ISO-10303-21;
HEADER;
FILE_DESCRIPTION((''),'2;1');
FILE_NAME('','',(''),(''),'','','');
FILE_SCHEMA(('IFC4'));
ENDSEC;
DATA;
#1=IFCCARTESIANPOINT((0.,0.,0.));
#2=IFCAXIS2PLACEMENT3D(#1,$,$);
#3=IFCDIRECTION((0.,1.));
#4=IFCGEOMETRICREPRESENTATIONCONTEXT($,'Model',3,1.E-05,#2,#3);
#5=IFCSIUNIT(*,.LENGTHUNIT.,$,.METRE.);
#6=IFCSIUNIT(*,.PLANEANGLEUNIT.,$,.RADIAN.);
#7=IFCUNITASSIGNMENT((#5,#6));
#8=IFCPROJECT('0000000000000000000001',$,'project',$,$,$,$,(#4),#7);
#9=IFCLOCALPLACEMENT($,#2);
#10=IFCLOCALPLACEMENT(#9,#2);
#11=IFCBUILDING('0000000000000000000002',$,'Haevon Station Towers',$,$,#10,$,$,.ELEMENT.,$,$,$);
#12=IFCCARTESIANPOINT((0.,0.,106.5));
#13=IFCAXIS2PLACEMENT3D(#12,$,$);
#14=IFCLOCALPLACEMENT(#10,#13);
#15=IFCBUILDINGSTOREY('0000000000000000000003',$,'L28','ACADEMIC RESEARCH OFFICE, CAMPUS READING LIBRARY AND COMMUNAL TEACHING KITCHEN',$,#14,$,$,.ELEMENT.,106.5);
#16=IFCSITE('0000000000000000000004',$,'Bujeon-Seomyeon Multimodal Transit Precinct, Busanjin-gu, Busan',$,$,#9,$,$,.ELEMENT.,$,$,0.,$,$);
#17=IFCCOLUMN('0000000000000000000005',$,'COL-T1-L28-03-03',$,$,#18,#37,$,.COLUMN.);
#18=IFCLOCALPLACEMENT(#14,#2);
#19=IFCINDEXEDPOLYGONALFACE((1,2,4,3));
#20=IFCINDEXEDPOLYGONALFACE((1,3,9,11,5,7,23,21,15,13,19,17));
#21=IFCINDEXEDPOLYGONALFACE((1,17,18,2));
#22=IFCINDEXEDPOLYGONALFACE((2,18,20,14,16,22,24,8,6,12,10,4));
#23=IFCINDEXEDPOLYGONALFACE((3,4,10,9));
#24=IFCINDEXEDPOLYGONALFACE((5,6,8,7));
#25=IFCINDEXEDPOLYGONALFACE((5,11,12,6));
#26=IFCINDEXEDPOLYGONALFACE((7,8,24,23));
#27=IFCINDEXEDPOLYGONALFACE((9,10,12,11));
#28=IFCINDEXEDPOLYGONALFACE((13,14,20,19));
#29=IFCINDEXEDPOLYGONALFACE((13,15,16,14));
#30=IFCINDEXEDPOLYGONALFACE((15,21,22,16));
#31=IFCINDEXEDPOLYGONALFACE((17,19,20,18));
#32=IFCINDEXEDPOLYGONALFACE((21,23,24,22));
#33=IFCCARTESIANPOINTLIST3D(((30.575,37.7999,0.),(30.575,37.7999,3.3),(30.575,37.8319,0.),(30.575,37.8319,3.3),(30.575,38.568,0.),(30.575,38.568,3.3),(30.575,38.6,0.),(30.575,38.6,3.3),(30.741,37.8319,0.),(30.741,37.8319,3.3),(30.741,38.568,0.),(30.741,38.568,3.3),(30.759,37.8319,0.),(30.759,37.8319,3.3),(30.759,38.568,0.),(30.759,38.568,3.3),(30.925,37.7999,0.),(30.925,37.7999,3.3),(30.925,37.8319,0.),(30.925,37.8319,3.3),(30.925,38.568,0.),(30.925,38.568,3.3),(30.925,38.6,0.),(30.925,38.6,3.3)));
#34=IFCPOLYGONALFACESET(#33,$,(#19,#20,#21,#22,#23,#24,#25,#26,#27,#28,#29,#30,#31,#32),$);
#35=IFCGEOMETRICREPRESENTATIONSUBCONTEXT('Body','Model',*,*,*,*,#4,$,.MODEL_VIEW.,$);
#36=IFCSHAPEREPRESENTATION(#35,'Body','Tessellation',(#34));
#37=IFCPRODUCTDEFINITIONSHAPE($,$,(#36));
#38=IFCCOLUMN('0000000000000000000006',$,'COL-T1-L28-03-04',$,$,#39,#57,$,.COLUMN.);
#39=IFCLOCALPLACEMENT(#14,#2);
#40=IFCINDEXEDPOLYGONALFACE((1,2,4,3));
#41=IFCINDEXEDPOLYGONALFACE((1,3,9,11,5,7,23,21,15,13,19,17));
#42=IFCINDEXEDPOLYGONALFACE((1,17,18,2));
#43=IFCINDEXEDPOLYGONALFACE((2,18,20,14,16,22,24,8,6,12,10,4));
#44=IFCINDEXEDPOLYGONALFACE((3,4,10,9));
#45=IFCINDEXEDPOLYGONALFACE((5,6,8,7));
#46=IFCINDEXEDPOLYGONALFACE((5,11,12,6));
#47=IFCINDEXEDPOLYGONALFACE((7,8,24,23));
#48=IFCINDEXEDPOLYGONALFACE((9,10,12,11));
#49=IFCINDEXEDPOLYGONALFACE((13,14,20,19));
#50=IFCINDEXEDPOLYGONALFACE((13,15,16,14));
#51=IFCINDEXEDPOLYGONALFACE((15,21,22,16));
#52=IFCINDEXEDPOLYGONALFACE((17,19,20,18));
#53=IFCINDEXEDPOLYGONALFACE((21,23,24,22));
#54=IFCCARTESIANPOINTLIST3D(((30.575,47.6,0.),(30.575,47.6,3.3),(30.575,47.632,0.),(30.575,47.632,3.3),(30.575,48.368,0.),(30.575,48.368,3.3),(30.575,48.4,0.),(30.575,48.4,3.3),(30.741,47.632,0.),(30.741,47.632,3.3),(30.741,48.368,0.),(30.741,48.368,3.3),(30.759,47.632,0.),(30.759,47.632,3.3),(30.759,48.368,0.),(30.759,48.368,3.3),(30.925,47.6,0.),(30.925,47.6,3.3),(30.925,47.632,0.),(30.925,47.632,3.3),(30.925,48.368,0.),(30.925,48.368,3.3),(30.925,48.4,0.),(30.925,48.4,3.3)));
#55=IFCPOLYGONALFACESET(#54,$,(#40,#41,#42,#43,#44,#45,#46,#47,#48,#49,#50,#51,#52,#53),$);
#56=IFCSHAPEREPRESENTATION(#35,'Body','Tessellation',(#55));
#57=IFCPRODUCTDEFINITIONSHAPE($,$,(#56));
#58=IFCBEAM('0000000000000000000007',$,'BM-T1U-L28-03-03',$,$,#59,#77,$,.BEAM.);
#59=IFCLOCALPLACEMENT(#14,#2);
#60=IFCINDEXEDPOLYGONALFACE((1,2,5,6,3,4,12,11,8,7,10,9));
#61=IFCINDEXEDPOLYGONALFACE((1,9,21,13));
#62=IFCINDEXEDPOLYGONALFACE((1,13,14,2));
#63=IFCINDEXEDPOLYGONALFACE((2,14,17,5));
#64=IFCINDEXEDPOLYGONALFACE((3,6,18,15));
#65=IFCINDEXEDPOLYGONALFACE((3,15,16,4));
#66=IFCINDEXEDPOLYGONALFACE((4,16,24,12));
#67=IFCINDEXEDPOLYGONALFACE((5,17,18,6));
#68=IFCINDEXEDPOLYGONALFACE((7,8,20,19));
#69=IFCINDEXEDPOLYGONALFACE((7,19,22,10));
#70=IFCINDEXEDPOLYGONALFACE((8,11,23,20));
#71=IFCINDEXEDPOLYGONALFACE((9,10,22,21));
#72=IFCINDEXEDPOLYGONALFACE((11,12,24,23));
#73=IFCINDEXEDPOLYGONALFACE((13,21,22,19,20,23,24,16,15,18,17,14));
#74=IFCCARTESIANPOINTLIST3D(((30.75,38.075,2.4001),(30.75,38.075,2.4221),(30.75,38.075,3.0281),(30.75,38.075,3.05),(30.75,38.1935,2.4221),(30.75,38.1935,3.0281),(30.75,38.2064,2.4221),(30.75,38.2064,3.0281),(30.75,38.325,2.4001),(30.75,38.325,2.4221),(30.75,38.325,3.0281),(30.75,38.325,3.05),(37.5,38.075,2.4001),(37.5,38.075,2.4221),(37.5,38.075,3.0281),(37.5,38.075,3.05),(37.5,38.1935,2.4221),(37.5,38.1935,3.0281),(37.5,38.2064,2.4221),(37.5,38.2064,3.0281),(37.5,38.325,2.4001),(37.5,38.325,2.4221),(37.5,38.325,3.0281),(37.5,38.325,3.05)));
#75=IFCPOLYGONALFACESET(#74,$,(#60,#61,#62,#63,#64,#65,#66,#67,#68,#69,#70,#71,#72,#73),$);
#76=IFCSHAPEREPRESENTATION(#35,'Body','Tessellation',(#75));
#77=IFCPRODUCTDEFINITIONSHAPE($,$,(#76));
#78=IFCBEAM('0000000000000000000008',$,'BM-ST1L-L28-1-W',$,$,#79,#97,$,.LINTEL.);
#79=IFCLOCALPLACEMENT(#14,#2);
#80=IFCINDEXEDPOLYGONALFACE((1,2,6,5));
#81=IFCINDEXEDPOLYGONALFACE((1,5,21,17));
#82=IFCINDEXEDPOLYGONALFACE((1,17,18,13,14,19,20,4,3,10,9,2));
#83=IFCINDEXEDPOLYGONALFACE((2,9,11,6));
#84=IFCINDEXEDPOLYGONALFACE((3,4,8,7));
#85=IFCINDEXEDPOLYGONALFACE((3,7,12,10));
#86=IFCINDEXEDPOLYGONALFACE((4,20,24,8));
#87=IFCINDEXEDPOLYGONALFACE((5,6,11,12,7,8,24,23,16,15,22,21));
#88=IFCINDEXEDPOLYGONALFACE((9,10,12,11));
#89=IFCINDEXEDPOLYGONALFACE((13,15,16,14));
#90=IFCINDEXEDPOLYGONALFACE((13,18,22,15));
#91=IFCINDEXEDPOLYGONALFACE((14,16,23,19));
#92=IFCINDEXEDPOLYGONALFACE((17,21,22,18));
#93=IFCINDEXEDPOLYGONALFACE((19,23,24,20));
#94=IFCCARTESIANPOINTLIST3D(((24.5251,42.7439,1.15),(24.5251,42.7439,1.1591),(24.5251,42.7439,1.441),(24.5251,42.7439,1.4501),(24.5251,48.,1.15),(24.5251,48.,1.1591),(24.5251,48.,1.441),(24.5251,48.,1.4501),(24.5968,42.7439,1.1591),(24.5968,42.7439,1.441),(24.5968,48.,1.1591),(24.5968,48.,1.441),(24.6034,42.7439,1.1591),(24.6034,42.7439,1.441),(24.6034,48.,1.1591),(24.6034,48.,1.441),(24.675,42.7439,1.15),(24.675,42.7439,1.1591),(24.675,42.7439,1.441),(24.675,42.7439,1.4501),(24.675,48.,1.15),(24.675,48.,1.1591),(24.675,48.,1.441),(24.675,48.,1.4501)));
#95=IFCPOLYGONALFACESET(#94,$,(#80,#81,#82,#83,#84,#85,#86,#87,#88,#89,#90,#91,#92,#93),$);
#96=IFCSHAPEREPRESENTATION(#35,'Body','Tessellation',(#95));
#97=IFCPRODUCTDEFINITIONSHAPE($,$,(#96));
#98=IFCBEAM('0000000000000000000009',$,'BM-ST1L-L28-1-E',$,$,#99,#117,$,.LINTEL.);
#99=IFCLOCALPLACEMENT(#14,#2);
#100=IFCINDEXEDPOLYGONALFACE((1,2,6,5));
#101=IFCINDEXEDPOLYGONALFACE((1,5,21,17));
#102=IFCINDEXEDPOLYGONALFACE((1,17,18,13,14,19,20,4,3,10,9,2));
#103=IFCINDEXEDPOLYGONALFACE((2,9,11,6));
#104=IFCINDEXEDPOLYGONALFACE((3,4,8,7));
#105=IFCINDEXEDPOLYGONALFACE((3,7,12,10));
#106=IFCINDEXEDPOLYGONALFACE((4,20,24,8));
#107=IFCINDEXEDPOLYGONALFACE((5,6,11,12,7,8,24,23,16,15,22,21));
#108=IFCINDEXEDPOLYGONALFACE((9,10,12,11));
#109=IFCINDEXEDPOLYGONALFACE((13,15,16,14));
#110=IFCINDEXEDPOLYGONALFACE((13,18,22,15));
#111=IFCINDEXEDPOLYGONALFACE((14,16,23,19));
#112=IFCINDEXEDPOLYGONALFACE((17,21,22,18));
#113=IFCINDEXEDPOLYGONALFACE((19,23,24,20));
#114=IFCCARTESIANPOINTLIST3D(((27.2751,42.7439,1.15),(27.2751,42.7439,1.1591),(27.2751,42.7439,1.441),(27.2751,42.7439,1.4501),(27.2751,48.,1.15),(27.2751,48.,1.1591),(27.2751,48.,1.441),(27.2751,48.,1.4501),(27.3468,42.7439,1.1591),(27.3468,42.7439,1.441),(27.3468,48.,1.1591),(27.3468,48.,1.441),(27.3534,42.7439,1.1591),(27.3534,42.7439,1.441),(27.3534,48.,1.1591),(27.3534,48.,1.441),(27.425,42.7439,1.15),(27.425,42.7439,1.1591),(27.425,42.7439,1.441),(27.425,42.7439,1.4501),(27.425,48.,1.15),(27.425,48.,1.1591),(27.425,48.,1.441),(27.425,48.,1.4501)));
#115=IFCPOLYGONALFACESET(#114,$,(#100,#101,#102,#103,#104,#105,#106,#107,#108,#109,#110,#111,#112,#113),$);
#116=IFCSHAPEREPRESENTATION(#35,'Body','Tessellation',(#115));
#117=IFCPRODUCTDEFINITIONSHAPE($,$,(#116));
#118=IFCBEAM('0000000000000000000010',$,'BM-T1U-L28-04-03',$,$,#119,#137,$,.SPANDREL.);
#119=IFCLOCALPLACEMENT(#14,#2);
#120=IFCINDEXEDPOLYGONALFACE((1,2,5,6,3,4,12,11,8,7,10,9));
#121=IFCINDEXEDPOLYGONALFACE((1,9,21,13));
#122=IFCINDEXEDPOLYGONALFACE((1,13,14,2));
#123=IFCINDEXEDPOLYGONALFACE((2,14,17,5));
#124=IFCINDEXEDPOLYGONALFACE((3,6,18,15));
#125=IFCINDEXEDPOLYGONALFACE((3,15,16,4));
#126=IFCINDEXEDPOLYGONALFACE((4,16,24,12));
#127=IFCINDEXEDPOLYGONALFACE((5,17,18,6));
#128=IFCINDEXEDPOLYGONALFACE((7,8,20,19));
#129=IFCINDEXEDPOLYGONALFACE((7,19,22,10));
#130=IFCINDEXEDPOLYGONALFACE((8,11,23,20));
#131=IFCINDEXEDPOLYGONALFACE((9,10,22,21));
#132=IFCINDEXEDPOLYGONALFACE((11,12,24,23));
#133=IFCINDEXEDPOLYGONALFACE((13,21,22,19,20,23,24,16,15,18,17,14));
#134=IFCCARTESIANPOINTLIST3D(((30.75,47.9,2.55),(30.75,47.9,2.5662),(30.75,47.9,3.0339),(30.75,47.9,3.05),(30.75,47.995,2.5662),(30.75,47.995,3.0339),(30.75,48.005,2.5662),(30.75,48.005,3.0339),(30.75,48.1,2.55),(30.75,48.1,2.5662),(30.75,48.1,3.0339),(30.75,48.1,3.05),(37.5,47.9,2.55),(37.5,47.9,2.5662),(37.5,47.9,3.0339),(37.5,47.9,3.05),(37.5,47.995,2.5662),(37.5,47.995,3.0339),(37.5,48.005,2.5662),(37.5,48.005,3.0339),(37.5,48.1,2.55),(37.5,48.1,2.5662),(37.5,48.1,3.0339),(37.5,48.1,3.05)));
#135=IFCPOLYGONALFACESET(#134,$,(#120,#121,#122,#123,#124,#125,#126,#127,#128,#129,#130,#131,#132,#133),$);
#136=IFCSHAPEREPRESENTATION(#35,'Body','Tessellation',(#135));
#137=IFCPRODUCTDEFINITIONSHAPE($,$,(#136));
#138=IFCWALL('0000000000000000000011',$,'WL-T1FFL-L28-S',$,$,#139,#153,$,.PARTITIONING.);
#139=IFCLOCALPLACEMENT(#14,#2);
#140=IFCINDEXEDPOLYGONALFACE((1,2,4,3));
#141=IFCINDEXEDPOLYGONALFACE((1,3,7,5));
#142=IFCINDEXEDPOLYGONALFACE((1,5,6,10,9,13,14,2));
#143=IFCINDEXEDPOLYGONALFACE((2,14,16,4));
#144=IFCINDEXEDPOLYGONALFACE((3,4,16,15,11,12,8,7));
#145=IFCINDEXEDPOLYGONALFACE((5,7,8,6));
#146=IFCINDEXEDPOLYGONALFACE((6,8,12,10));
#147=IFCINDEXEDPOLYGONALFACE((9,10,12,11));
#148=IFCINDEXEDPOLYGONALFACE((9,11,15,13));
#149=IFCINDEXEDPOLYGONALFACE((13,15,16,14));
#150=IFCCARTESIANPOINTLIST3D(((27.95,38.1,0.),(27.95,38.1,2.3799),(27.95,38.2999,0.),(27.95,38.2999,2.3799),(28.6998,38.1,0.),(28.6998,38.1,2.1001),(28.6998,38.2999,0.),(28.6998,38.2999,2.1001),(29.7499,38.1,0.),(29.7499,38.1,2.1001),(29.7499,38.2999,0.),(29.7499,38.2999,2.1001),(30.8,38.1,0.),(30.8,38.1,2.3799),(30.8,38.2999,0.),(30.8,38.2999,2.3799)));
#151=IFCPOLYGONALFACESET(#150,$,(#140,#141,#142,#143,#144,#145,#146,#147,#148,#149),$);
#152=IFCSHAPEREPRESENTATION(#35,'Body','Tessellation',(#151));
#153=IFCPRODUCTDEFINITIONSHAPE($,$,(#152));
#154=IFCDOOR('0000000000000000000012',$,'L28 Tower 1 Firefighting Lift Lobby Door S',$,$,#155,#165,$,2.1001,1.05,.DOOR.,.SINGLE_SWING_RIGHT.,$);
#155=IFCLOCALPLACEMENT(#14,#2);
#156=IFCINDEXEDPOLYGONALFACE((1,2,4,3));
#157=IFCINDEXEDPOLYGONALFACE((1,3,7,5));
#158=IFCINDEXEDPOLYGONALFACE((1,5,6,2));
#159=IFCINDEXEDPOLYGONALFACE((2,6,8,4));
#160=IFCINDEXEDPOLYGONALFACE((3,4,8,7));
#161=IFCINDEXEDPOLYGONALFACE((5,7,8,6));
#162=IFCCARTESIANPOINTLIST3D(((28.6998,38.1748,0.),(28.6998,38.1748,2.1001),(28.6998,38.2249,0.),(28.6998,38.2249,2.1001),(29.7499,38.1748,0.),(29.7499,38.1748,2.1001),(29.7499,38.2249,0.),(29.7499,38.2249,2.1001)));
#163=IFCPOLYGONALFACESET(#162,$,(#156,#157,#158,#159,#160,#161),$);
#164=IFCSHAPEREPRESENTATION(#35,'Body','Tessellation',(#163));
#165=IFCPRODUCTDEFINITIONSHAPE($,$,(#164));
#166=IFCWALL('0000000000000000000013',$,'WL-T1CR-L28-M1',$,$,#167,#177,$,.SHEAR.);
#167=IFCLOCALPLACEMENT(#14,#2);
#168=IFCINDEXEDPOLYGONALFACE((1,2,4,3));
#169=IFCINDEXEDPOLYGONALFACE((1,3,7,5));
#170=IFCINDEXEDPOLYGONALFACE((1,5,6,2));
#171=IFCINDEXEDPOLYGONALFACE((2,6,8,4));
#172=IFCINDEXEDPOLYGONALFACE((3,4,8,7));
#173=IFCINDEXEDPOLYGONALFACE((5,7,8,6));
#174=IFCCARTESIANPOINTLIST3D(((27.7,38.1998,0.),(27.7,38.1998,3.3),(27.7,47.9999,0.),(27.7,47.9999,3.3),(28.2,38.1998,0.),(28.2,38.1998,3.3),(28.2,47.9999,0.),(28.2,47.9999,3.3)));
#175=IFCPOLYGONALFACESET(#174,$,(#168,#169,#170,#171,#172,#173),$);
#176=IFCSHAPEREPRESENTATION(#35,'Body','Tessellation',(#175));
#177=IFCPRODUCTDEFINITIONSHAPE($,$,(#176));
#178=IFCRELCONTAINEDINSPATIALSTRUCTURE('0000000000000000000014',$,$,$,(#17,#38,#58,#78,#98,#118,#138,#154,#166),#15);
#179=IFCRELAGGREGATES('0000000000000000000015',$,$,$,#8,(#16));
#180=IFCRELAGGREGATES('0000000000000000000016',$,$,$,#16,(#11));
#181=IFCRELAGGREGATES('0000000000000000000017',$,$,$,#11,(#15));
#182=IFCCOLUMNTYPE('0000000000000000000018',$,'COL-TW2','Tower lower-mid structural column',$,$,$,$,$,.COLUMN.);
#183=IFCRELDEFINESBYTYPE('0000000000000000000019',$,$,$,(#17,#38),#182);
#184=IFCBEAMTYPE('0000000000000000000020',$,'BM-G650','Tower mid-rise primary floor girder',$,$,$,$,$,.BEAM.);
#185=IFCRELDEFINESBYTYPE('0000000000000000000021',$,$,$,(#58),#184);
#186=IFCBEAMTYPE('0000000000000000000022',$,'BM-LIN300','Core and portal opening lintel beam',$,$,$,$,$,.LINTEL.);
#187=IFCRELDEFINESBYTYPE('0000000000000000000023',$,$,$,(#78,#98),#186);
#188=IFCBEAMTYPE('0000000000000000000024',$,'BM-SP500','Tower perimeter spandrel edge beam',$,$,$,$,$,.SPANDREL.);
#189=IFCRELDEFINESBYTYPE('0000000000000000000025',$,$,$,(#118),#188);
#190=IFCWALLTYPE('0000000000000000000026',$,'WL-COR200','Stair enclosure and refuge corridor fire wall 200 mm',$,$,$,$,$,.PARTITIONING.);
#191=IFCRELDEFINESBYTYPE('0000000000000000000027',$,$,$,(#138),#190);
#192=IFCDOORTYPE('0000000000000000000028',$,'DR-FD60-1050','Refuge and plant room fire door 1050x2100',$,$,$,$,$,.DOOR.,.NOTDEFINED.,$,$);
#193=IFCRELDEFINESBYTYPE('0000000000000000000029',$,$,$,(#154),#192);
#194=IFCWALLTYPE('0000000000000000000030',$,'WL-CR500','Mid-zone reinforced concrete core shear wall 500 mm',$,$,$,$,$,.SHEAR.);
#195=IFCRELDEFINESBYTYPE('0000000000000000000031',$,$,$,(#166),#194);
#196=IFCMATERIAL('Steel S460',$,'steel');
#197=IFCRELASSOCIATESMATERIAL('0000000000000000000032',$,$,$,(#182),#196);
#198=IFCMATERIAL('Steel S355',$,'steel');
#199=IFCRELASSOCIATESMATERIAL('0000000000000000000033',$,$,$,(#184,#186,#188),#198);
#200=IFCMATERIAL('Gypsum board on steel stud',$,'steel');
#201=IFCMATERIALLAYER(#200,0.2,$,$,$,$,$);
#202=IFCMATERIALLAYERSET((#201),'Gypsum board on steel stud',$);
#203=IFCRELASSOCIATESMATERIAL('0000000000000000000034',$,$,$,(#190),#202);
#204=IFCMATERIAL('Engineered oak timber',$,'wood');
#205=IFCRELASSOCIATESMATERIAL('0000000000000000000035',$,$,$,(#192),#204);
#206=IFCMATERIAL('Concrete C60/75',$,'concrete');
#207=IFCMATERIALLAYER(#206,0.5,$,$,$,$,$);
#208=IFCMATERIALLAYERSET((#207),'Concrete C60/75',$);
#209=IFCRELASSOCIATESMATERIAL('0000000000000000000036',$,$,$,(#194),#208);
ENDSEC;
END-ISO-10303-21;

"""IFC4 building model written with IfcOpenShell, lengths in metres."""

from ifc_helpers import new_model, si_unit, direction, frame, frame_2d, origin, origin_2d, place, context, subcontext, project, spatial, rectangle, i_section, extrude, material, layer, layer_set, material_profile, profile_set, type_object, element, fill, save


model = new_model("IFC4")

# Units and contexts
model_context = context("Model", 3, precision=1e-05, world=origin(), true_north=direction((0.0, 1.0)))
body_context = subcontext(model_context, "Body", "Model", "MODEL_VIEW")
ifc_project = project(units=[si_unit("LENGTHUNIT", "METRE"), si_unit("PLANEANGLEUNIT", "RADIAN")], contexts=[model_context])

# Site, building, storey
site_placement = place(None, origin())
site = spatial("IfcSite", under=ifc_project, at=site_placement, Name="Bujeon-Seomyeon Multimodal Transit Precinct, Busanjin-gu, Busan", CompositionType="ELEMENT", RefElevation=0.0)
building_placement = place(site_placement, origin())
building = spatial("IfcBuilding", under=site, at=building_placement, Name="Haevon Station Towers", CompositionType="ELEMENT")
storey_placement = place(building_placement, frame((0.0, 0.0, 106.5)))
storey = spatial("IfcBuildingStorey", under=building, at=storey_placement, Name="L28", Description="ACADEMIC RESEARCH OFFICE, CAMPUS READING LIBRARY AND COMMUNAL TEACHING KITCHEN", CompositionType="ELEMENT", Elevation=106.5)

# Columns
ifc_material_1 = material(Name="Steel S460", Category="steel")
ifc_material_profile_1 = material_profile(ifc_material_1, i_section(OverallWidth=0.3501, OverallDepth=0.8, WebThickness=0.0181, FlangeThickness=0.032, at=origin_2d()), Name="H-800x350x18x32")
ifc_profile_set_1 = profile_set([ifc_material_profile_1], Name="Steel S460")
column_type = type_object("IfcColumnType", Name="COL-TW2", Description="Tower lower-mid structural column", PredefinedType="COLUMN", material=ifc_profile_set_1)
for number, where, z_axis, x_axis, name in (
    (1, (30.75, 38.2, 0.0), (0.0, 0.0, 1.0), (1.0, 0.0, 0.0), "COL-T1-L28-03-03"),
    (2, (30.75, 48.0, 0.0), (0.0, 0.0, 1.0), (1.0, 0.0, 0.0), "COL-T1-L28-03-04"),
):
    element("IfcColumn", number, at=place(storey_placement, frame(where, z_axis=z_axis, x_axis=x_axis)), inside=storey, type_object=column_type, Name=name, PredefinedType="COLUMN", context=body_context, shape_type="SweptSolid", body=[
        extrude(i_section(OverallWidth=0.3501, OverallDepth=0.8, WebThickness=0.0181, FlangeThickness=0.032, at=origin_2d()), origin(), (0.0, 0.0, 1.0), 3.3),
    ])

# Beams
ifc_material_2 = material(Name="Steel S355", Category="steel")
ifc_material_profile_2 = material_profile(ifc_material_2, i_section(OverallWidth=0.25, OverallDepth=0.6499, WebThickness=0.0129, FlangeThickness=0.022, at=origin_2d()), Name="H-650x250x13x22")
ifc_profile_set_2 = profile_set([ifc_material_profile_2], Name="Steel S355")
beam_type_1 = type_object("IfcBeamType", Name="BM-G650", Description="Tower mid-rise primary floor girder", PredefinedType="BEAM", material=ifc_profile_set_2)
beam_1_placement = place(storey_placement, frame((30.75, 38.2, 2.7251), z_axis=(1.0, 0.0, 0.0), x_axis=(0.0, 1.0, 0.0)))
element("IfcBeam", 3, at=beam_1_placement, inside=storey, type_object=beam_type_1, Name="BM-T1U-L28-03-03", PredefinedType="BEAM", context=body_context, shape_type="SweptSolid", body=[
    extrude(i_section(OverallWidth=0.25, OverallDepth=0.6499, WebThickness=0.0129, FlangeThickness=0.022, at=origin_2d()), origin(), (0.0, 0.0, 1.0), 6.75),
])
ifc_material_profile_3 = material_profile(ifc_material_2, i_section(OverallWidth=0.1499, OverallDepth=0.3, WebThickness=0.0066, FlangeThickness=0.009, at=origin_2d()), Name="H-300x150x6.5x9")
ifc_profile_set_3 = profile_set([ifc_material_profile_3], Name="Steel S355")
beam_type_2 = type_object("IfcBeamType", Name="BM-LIN300", Description="Core and portal opening lintel beam", PredefinedType="LINTEL", material=ifc_profile_set_3)
for number, where, z_axis, x_axis, name in (
    (4, (24.6001, 42.7439, 1.3), (0.0, 1.0, 0.0), (-1.0, 0.0, 0.0), "BM-ST1L-L28-1-W"),
    (5, (27.3501, 42.7439, 1.3), (0.0, 1.0, 0.0), (-1.0, 0.0, 0.0), "BM-ST1L-L28-1-E"),
):
    element("IfcBeam", number, at=place(storey_placement, frame(where, z_axis=z_axis, x_axis=x_axis)), inside=storey, type_object=beam_type_2, Name=name, PredefinedType="LINTEL", context=body_context, shape_type="SweptSolid", body=[
        extrude(i_section(OverallWidth=0.1499, OverallDepth=0.3, WebThickness=0.0066, FlangeThickness=0.009, at=origin_2d()), origin(), (0.0, 0.0, 1.0), 5.2561),
    ])
ifc_material_profile_4 = material_profile(ifc_material_2, i_section(OverallWidth=0.2, OverallDepth=0.5, WebThickness=0.01, FlangeThickness=0.0161, at=origin_2d()), Name="H-500x200x10x16")
ifc_profile_set_4 = profile_set([ifc_material_profile_4], Name="Steel S355")
beam_type_3 = type_object("IfcBeamType", Name="BM-SP500", Description="Tower perimeter spandrel edge beam", PredefinedType="SPANDREL", material=ifc_profile_set_4)
beam_2_placement = place(storey_placement, frame((30.75, 48.0, 2.8), z_axis=(1.0, 0.0, 0.0), x_axis=(0.0, 1.0, 0.0)))
element("IfcBeam", 6, at=beam_2_placement, inside=storey, type_object=beam_type_3, Name="BM-T1U-L28-04-03", PredefinedType="SPANDREL", context=body_context, shape_type="SweptSolid", body=[
    extrude(i_section(OverallWidth=0.2, OverallDepth=0.5, WebThickness=0.01, FlangeThickness=0.0161, at=origin_2d()), origin(), (0.0, 0.0, 1.0), 6.75),
])

# Wall, opening, door
ifc_material_3 = material(Name="Gypsum board on steel stud", Category="steel")
ifc_layer_1 = layer(ifc_material_3, 0.2)
ifc_layer_set_1 = layer_set([ifc_layer_1], Name="Gypsum board on steel stud")
wall_type_1 = type_object("IfcWallType", Name="WL-COR200", Description="Stair enclosure and refuge corridor fire wall 200 mm", PredefinedType="PARTITIONING", material=ifc_layer_set_1)
wall_1_placement = place(storey_placement, frame((27.95, 38.2, 0.0), z_axis=(0.0, 0.0, 1.0), x_axis=(1.0, 0.0, 0.0)))
wall_1 = element("IfcWall", 7, at=wall_1_placement, inside=storey, type_object=wall_type_1, Name="WL-T1FFL-L28-S", PredefinedType="PARTITIONING", context=body_context, shape_type="SweptSolid", body=[
    extrude(rectangle(XDim=2.8501, YDim=0.2, at=frame_2d((1.425, 0.0))), origin(), (0.0, 0.0, 1.0), 2.3799),
])
opening_1_placement = place(wall_1_placement, frame((0.75, 0.0, 0.0)))
opening_1 = element("IfcOpeningElement", 8, at=opening_1_placement, cuts=wall_1, PredefinedType="OPENING", context=body_context, shape_type="SweptSolid", body=[
    extrude(rectangle(XDim=1.05, YDim=2.1001, at=frame_2d((0.5249, 1.05))), frame((0.0, 0.1099, 0.0), z_axis=(0.0, -1.0, 0.0), x_axis=(1.0, 0.0, 0.0)), (0.0, 0.0, 1.0), 0.22),
])
ifc_material_4 = material(Name="Engineered oak timber", Category="wood")
door_type_1 = type_object("IfcDoorType", Name="DR-FD60-1050", Description="Refuge and plant room fire door 1050x2100", OperationType="NOTDEFINED", PredefinedType="DOOR", material=ifc_material_4)
door_1_placement = place(opening_1_placement, origin())
door_1 = element("IfcDoor", 9, at=door_1_placement, inside=storey, type_object=door_type_1, Name="L28 Tower 1 Firefighting Lift Lobby Door S", OperationType="SINGLE_SWING_RIGHT", OverallHeight=2.1001, OverallWidth=1.05, PredefinedType="DOOR", context=body_context, shape_type="SweptSolid", body=[
    extrude(rectangle(XDim=1.05, YDim=2.1001, at=frame_2d((0.5249, 1.05))), frame((0.0, 0.0249, 0.0), z_axis=(0.0, -1.0, 0.0), x_axis=(1.0, 0.0, 0.0)), (0.0, 0.0, 1.0), 0.05),
])
fill(opening_1, door_1)

# Wall
ifc_material_5 = material(Name="Concrete C60/75", Category="concrete")
ifc_layer_2 = layer(ifc_material_5, 0.5)
ifc_layer_set_2 = layer_set([ifc_layer_2], Name="Concrete C60/75")
wall_type_2 = type_object("IfcWallType", Name="WL-CR500", Description="Mid-zone reinforced concrete core shear wall 500 mm", PredefinedType="SHEAR", material=ifc_layer_set_2)
wall_2_placement = place(storey_placement, frame((27.95, 38.2, 0.0), z_axis=(0.0, 0.0, 1.0), x_axis=(0.0, 1.0, 0.0)))
element("IfcWall", 10, at=wall_2_placement, inside=storey, type_object=wall_type_2, Name="WL-T1CR-L28-M1", PredefinedType="SHEAR", context=body_context, shape_type="SweptSolid", body=[
    extrude(rectangle(XDim=9.8, YDim=0.5, at=frame_2d((4.8999, 0.0))), origin(), (0.0, 0.0, 1.0), 3.3),
])

save(model, "model.ifc")
